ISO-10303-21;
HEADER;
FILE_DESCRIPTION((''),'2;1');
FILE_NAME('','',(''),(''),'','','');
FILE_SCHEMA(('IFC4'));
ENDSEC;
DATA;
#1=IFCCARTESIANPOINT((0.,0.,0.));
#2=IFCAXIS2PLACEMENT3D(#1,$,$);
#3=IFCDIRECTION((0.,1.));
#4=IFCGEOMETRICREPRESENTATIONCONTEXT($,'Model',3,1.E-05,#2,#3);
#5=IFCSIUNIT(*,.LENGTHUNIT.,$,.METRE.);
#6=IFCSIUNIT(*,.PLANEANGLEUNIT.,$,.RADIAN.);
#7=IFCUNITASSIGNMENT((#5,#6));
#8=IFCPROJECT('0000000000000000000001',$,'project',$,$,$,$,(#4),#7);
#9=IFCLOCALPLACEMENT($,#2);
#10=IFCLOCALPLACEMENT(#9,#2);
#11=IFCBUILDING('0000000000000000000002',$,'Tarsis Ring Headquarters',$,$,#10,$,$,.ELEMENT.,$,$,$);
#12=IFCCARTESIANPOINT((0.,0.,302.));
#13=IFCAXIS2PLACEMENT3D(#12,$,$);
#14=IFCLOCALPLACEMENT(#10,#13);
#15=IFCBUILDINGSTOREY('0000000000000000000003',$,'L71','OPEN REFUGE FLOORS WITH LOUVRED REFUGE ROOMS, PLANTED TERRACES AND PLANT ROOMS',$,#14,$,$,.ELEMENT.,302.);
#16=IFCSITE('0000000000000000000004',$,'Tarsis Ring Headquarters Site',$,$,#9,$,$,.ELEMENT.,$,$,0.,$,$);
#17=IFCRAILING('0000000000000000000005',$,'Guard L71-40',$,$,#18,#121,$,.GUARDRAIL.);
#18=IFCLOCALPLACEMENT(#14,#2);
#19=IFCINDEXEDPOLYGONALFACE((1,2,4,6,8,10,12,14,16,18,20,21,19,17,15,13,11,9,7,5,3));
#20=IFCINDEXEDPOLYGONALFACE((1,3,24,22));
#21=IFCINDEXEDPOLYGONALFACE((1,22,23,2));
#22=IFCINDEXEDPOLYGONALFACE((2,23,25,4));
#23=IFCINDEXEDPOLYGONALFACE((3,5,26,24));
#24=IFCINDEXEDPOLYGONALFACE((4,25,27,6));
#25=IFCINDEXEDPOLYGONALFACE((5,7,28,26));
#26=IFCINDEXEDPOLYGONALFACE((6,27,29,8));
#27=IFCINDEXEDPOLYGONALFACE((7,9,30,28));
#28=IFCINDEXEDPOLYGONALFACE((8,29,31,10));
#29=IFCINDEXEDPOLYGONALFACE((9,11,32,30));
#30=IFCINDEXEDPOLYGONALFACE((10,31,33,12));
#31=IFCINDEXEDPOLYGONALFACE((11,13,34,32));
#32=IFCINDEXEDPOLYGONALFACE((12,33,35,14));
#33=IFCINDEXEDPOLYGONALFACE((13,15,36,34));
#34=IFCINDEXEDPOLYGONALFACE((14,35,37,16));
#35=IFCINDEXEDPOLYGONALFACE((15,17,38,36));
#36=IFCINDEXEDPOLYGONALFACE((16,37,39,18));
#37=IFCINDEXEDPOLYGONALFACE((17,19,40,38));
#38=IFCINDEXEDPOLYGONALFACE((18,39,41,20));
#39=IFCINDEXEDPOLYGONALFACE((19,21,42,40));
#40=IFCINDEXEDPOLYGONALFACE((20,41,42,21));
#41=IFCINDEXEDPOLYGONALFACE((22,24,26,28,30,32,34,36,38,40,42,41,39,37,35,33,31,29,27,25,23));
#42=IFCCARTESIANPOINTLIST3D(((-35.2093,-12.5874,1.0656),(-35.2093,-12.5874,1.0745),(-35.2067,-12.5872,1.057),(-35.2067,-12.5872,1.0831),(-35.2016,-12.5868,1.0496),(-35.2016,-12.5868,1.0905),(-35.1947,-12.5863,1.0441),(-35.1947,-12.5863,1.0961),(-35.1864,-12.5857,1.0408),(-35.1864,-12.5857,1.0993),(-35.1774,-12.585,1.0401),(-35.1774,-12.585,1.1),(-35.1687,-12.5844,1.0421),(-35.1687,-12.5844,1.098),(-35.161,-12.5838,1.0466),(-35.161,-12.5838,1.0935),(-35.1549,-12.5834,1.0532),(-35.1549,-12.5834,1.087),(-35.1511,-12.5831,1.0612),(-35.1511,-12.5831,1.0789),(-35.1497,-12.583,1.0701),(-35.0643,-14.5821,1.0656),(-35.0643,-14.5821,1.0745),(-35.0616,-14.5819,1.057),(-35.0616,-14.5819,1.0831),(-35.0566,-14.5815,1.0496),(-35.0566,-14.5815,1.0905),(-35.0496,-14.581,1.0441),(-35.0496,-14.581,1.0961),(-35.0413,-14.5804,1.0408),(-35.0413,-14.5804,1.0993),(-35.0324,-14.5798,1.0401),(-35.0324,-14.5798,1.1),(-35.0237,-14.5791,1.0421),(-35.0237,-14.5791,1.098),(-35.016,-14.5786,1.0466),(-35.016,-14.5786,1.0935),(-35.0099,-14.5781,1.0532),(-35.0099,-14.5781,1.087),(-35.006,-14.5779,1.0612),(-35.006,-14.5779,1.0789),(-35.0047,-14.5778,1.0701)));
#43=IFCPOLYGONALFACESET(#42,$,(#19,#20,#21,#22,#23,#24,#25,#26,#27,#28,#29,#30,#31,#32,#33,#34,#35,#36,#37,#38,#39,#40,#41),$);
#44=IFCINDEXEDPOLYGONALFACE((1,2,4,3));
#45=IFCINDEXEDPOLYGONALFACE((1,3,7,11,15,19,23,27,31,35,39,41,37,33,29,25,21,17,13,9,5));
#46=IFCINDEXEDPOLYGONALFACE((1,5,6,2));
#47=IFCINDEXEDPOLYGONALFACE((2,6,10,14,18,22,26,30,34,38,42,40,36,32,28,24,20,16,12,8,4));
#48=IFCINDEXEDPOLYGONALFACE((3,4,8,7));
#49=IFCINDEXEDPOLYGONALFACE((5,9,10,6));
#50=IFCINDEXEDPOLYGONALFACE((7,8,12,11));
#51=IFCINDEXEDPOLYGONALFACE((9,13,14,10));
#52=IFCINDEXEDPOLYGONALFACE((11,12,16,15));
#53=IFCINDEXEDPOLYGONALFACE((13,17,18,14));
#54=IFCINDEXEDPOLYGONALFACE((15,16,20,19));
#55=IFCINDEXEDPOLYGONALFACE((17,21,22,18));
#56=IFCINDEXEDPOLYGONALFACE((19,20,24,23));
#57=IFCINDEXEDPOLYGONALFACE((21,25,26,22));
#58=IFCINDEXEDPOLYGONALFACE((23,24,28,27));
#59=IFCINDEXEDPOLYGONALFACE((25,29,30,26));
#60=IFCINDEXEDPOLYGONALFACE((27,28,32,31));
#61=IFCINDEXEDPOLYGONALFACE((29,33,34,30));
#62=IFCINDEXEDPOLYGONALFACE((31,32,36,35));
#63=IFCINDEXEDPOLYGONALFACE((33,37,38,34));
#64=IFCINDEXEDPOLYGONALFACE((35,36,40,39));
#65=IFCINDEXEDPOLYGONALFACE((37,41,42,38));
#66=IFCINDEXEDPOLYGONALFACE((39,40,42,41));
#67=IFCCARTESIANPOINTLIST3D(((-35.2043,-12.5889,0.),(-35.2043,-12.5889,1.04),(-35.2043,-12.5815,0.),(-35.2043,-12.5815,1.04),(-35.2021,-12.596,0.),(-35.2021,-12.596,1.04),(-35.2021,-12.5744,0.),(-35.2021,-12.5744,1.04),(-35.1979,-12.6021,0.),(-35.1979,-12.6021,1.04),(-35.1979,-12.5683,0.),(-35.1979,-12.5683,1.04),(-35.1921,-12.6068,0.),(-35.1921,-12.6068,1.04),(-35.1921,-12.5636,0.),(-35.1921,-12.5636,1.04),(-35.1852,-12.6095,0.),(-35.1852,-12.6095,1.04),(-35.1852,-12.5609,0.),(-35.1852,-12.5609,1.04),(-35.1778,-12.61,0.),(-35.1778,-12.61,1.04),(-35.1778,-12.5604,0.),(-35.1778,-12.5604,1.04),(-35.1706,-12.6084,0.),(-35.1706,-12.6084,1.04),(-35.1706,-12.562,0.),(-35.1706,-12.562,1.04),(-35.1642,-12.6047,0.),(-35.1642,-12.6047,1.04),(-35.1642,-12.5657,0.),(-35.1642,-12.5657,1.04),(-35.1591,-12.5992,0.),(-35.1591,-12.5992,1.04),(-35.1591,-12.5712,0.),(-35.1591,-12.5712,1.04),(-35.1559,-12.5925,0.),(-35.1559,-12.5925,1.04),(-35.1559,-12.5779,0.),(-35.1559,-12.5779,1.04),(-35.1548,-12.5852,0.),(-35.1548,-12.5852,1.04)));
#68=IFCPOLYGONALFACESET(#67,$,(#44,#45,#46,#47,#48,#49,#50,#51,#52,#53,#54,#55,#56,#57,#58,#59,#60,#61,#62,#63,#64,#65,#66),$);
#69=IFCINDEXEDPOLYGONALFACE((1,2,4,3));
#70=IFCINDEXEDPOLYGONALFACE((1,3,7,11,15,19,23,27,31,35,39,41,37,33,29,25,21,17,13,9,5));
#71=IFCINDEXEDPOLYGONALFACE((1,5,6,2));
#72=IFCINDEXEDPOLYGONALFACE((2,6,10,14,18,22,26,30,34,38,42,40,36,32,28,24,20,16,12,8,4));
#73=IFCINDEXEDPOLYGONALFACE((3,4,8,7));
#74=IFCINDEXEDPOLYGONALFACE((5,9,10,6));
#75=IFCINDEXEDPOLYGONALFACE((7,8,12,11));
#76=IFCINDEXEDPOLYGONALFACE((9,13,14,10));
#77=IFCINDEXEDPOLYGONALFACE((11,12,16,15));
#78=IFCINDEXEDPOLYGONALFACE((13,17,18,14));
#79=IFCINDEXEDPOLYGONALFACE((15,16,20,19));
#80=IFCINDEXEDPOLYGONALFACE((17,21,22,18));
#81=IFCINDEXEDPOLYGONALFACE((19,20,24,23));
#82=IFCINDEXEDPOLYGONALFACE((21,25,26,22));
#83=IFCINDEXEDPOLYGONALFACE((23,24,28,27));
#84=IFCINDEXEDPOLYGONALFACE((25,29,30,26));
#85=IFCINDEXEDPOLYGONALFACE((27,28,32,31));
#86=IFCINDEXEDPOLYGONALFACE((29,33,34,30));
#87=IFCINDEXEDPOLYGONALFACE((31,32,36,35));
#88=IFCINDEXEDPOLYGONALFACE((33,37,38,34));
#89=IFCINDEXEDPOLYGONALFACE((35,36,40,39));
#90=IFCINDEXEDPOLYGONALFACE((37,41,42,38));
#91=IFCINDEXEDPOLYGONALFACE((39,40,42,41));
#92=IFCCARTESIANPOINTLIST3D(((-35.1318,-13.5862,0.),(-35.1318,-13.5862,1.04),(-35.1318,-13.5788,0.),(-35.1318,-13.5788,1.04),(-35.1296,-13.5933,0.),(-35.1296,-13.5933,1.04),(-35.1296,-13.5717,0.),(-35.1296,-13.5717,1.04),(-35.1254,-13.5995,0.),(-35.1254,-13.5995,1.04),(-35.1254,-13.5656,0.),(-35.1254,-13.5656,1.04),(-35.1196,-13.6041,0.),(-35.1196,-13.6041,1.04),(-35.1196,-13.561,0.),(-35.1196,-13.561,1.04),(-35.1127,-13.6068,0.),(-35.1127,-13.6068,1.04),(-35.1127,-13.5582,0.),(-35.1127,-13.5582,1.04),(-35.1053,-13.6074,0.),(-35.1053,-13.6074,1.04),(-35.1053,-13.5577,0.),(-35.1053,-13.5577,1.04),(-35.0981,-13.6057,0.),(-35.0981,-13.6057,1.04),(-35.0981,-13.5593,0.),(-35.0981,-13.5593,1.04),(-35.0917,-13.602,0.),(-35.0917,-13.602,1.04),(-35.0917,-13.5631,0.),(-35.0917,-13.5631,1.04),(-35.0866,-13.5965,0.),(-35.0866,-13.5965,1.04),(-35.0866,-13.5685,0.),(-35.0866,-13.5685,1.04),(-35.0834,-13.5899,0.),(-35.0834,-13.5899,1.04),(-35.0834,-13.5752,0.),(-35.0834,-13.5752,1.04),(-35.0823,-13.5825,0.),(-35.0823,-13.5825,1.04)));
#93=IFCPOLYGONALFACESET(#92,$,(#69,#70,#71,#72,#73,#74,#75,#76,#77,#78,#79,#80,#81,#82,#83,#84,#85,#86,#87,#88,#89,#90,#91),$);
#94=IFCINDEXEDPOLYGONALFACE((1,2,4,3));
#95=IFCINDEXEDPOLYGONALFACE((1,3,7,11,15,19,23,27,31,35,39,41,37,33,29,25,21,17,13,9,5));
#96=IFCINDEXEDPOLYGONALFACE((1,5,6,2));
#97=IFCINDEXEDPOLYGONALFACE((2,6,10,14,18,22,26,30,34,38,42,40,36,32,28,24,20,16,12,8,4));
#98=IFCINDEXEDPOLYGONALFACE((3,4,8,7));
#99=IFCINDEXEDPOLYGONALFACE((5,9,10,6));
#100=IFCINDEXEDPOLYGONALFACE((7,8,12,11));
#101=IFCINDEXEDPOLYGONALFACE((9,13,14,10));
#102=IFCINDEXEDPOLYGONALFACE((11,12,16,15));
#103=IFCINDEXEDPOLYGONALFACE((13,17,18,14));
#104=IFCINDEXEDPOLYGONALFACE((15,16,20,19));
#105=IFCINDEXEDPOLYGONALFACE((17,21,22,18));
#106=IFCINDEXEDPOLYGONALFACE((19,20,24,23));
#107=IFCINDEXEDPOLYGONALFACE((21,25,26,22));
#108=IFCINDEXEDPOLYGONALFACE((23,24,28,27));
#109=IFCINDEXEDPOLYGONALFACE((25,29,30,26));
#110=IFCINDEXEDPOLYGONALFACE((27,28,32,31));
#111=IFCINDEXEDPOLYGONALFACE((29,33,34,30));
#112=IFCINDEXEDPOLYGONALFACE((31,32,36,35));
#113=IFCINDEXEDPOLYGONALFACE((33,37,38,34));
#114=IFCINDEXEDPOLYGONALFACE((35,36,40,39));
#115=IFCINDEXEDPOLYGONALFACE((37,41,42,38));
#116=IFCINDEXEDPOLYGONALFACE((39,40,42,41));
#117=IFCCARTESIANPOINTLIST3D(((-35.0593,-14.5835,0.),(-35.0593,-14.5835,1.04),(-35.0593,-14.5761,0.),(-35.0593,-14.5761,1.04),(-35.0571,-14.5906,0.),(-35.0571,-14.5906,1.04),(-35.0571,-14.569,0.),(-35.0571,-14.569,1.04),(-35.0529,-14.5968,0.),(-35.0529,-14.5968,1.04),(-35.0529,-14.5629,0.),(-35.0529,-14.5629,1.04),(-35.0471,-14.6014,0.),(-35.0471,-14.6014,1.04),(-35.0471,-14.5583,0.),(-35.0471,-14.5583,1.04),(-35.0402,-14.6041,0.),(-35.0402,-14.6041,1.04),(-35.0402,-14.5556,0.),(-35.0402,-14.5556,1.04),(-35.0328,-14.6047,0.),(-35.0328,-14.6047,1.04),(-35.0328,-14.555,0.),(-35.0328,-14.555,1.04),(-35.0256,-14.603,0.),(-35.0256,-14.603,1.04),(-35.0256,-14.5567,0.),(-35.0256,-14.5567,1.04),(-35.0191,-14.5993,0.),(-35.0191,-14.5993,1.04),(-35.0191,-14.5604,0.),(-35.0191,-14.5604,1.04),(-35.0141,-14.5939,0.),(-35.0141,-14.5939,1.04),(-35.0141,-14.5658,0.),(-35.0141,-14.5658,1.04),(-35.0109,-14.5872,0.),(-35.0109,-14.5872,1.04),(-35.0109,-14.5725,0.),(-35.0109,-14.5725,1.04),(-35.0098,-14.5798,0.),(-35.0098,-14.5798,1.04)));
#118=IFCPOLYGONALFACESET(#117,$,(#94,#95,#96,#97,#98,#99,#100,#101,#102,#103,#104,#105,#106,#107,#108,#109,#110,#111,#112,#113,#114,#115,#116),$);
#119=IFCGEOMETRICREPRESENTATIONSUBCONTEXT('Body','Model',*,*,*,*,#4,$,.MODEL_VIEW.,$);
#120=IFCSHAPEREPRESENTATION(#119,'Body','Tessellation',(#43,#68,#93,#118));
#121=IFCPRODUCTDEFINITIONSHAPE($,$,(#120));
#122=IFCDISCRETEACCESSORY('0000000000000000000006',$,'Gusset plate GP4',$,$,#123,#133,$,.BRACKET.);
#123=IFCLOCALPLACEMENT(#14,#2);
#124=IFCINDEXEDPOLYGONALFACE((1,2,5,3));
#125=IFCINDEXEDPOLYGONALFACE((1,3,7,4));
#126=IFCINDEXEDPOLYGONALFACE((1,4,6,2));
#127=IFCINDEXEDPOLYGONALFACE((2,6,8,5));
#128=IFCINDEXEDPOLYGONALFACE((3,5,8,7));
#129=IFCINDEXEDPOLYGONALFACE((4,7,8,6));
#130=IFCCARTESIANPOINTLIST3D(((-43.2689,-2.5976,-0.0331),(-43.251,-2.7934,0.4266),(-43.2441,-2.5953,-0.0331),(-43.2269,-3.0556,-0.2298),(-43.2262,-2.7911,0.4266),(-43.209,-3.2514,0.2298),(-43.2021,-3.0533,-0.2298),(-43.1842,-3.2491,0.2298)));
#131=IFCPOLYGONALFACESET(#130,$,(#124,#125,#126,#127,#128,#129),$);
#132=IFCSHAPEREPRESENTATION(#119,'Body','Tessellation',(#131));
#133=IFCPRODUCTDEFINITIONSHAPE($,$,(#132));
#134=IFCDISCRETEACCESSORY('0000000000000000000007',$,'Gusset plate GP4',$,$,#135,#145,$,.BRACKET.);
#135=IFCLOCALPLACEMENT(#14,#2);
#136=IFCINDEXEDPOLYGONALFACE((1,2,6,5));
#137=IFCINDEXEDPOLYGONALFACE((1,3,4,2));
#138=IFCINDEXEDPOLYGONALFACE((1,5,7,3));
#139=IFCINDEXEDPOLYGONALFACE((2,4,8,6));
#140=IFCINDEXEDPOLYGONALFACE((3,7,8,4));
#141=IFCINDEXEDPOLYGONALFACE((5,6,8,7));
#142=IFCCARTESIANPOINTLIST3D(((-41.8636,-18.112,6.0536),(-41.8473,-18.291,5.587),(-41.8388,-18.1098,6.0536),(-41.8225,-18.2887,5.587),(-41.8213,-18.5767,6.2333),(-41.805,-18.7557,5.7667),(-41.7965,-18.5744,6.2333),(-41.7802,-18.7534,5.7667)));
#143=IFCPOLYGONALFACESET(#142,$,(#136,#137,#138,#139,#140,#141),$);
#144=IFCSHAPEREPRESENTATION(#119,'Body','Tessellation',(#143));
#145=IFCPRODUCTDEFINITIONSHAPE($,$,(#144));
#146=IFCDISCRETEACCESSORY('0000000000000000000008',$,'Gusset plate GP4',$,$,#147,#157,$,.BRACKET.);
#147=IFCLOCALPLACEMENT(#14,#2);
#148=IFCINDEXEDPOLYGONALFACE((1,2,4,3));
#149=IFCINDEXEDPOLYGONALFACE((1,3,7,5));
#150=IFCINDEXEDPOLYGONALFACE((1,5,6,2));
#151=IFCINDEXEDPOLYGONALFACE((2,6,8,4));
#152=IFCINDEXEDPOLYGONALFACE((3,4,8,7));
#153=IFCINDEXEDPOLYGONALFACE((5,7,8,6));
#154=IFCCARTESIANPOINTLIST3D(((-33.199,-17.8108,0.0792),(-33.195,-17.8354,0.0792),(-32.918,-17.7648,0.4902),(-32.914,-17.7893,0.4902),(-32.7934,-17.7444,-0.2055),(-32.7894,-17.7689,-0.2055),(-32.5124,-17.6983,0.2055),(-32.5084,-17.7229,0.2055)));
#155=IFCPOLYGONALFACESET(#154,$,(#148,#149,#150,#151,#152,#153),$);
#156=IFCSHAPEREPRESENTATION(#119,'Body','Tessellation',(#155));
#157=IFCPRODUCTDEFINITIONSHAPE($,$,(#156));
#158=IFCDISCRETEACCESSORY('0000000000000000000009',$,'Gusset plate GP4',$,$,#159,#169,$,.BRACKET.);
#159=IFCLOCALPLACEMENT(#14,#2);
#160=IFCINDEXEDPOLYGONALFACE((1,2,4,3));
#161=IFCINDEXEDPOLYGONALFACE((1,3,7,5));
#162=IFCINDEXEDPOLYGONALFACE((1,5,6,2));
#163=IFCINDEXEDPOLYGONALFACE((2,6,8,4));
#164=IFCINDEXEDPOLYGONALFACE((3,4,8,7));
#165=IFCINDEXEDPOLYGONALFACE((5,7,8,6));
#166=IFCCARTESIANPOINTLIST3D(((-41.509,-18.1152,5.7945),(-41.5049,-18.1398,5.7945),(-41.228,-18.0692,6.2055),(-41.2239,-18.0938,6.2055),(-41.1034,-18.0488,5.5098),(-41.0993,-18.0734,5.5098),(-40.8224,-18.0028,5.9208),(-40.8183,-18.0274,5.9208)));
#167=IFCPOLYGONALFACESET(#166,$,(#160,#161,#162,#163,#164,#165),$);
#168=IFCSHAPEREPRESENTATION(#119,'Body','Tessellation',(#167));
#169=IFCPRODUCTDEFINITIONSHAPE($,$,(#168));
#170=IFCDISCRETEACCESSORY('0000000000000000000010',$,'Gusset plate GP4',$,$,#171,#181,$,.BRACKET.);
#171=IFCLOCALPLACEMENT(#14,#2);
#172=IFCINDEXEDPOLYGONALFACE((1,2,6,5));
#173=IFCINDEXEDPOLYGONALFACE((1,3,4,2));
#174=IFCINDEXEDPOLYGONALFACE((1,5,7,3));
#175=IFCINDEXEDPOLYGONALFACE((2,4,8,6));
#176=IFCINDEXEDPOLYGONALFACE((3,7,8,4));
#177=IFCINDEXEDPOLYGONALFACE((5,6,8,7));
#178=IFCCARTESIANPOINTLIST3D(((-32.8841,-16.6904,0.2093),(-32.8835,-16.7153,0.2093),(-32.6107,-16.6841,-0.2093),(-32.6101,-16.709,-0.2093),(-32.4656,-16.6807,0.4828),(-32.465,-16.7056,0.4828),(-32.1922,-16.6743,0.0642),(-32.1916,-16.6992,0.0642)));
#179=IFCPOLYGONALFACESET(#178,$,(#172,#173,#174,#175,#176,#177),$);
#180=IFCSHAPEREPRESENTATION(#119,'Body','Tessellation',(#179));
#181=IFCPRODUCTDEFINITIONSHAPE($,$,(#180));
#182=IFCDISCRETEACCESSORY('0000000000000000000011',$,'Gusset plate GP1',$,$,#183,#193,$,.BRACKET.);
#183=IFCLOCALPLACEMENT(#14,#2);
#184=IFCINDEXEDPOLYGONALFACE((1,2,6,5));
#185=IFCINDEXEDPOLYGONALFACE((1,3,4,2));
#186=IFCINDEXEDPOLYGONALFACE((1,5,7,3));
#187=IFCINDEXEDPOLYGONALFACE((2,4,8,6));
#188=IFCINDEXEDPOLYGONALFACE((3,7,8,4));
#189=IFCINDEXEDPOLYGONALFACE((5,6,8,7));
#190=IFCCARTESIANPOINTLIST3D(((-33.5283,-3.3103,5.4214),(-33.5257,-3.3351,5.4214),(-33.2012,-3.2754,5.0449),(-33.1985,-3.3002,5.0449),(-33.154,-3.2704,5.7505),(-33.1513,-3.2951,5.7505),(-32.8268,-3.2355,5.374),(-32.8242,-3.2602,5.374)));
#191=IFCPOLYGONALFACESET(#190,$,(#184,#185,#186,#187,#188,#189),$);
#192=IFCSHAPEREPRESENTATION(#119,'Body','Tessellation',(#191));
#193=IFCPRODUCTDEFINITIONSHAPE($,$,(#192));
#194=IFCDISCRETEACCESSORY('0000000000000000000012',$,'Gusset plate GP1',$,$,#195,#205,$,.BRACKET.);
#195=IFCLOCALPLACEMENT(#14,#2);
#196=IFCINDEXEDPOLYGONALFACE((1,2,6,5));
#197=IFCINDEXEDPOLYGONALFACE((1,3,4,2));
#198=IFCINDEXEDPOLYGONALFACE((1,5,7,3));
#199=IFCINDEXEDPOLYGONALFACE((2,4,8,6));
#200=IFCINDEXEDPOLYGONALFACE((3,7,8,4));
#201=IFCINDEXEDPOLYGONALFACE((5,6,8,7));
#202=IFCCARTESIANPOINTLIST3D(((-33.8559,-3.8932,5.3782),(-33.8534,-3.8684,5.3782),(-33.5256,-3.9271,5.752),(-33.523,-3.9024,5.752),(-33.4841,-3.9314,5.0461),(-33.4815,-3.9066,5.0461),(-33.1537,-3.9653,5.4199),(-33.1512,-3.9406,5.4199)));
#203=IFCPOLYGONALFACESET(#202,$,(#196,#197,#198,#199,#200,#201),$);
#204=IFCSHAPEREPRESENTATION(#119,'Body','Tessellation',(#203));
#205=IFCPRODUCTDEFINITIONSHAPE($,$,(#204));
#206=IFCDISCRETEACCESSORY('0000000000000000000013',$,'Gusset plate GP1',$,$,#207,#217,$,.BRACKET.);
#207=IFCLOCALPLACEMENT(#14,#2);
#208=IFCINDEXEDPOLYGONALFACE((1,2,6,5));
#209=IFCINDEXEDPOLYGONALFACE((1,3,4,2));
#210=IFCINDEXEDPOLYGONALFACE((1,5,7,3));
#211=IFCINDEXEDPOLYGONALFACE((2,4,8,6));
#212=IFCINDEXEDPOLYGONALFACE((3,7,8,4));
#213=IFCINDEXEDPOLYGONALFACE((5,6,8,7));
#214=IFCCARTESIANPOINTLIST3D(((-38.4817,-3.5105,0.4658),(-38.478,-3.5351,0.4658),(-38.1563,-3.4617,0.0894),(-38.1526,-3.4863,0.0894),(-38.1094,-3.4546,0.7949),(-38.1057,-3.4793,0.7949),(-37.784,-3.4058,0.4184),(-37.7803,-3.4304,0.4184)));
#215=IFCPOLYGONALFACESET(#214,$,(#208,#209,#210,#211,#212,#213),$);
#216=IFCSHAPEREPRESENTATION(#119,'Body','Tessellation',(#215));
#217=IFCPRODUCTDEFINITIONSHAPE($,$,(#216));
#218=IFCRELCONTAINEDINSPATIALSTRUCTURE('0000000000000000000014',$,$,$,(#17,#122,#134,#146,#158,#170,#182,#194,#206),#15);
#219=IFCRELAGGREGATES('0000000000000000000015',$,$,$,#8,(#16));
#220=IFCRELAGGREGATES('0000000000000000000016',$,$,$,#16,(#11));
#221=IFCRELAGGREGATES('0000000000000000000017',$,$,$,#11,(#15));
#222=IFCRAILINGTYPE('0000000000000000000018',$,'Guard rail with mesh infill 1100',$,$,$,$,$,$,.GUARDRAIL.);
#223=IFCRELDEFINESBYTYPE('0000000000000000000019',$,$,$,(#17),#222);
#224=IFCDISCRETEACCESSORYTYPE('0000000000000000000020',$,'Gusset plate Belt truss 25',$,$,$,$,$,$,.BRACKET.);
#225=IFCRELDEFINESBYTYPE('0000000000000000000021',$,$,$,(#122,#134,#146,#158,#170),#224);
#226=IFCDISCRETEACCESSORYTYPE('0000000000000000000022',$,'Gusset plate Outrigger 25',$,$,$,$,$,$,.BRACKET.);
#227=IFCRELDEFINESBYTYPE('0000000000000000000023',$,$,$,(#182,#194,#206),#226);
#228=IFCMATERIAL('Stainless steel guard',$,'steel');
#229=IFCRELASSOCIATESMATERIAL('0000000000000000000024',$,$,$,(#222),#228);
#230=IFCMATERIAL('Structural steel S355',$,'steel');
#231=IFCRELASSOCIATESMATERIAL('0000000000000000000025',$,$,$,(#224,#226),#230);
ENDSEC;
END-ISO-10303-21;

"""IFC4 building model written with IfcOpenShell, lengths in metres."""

from ifc_helpers import new_model, si_unit, direction, frame, origin, origin_2d, place, context, subcontext, project, spatial, rectangle, circle, extrude, material, material_profile, profile_set, type_object, element, save


model = new_model("IFC4")

# Units and contexts
model_context = context("Model", 3, precision=1e-05, world=origin(), true_north=direction((0.0, 1.0)))
body_context = subcontext(model_context, "Body", "Model", "MODEL_VIEW")
ifc_project = project(units=[si_unit("LENGTHUNIT", "METRE"), si_unit("PLANEANGLEUNIT", "RADIAN")], contexts=[model_context])

# Site, building, storey
site_placement = place(None, origin())
site = spatial("IfcSite", under=ifc_project, at=site_placement, Name="Tarsis Ring Headquarters Site", CompositionType="ELEMENT", RefElevation=0.0)
building_placement = place(site_placement, origin())
building = spatial("IfcBuilding", under=site, at=building_placement, Name="Tarsis Ring Headquarters", CompositionType="ELEMENT")
storey_placement = place(building_placement, frame((0.0, 0.0, 302.0)))
storey = spatial("IfcBuildingStorey", under=building, at=storey_placement, Name="L71", Description="OPEN REFUGE FLOORS WITH LOUVRED REFUGE ROOMS, PLANTED TERRACES AND PLANT ROOMS", CompositionType="ELEMENT", Elevation=302.0)

# Shared definitions
ifc_material_1 = material(Name="Structural steel S355", Category="steel")

# Railing
ifc_material_2 = material(Name="Stainless steel guard", Category="steel")
railing_type_1 = type_object("IfcRailingType", Name="Guard rail with mesh infill 1100", PredefinedType="GUARDRAIL", material=ifc_material_2)
railing_1_placement = place(storey_placement, frame((-35.1797, -12.5852, 0.0)))
element("IfcRailing", 1, at=railing_1_placement, inside=storey, type_object=railing_type_1, Name="Guard L71-40", PredefinedType="GUARDRAIL", context=body_context, shape_type="SweptSolid", body=[
    extrude(circle(Radius=0.03, at=origin_2d()), frame((0.0, 0.0, 1.0701), z_axis=(0.072514, -0.997367, 0.0), x_axis=(0.997367, 0.072514, 0.0)), (0.0, 0.0, 1.0), 2.0),
    extrude(circle(Radius=0.0249, at=origin_2d()), origin(), (0.0, 0.0, 1.0), 1.04),
    extrude(circle(Radius=0.0249, at=origin_2d()), frame((0.0725, -0.9973, 0.0)), (0.0, 0.0, 1.0), 1.04),
    extrude(circle(Radius=0.0249, at=origin_2d()), frame((0.145, -1.9946, 0.0)), (0.0, 0.0, 1.0), 1.04),
])

# Discrete accessories
ifc_material_profile_1 = material_profile(ifc_material_1, rectangle(XDim=0.0249, YDim=0.5, at=origin_2d()), Name="PL 25x500")
ifc_profile_set_1 = profile_set([ifc_material_profile_1], Name="Structural steel S355")
discrete_accessory_type_1 = type_object("IfcDiscreteAccessoryType", Name="Gusset plate Belt truss 25", PredefinedType="BRACKET", material=ifc_profile_set_1)
discrete_accessory_1_placement = place(storey_placement, frame((-43.2056, -3.1523, 0.0), z_axis=(-0.083941, 0.915547, 0.393353), x_axis=(-0.995823, -0.091301, 0.0)))
element("IfcDiscreteAccessory", 2, at=discrete_accessory_1_placement, inside=storey, type_object=discrete_accessory_type_1, Name="Gusset plate GP4", PredefinedType="BRACKET", context=body_context, shape_type="SweptSolid", body=[
    extrude(rectangle(XDim=0.0249, YDim=0.5, at=origin_2d()), origin(), (0.0, 0.0, 1.0), 0.5002),
])
for number, where, z_axis, x_axis, name in (
    (3, (-41.8008, -18.665, 6.0), (-0.084485, 0.92934, -0.359429), (-0.995893, -0.090536, 0.0), "Gusset plate GP4"),
    (4, (-32.6509, -17.7336, 0.0), (-0.811213, -0.132842, 0.569461), (0.161604, -0.986856, 0.0), "Gusset plate GP4"),
    (5, (-41.3665, -18.1045, 6.0), (0.811213, 0.132842, -0.569461), (-0.161604, 0.986856, 0.0), "Gusset plate GP4"),
    (6, (-32.7471, -16.6997, 0.0), (0.836965, 0.019532, 0.546908), (-0.023331, 0.999728, 0.0), "Gusset plate GP4"),
):
    element("IfcDiscreteAccessory", number, at=place(storey_placement, frame(where, z_axis=z_axis, x_axis=x_axis)), inside=storey, type_object=discrete_accessory_type_1, Name=name, PredefinedType="BRACKET", context=body_context, shape_type="SweptSolid", body=[
        extrude(rectangle(XDim=0.0249, YDim=0.5, at=origin_2d()), origin(), (0.0, 0.0, 1.0), 0.5),
    ])
discrete_accessory_type_2 = type_object("IfcDiscreteAccessoryType", Name="Gusset plate Outrigger 25", PredefinedType="BRACKET", material=ifc_profile_set_1)
for number, where, z_axis, x_axis, name in (
    (7, (-33.3398, -3.3027, 5.5859), (0.654335, 0.069828, -0.752974), (-0.106114, 0.994354, 0.0), "Gusset plate GP1"),
    (8, (-33.3384, -3.9338, 5.5859), (-0.660677, 0.067874, -0.747595), (-0.102197, -0.994764, 0.0), "Gusset plate GP1"),
    (9, (-37.9683, -3.446, 0.2539), (-0.650852, -0.097652, 0.752898), (0.148377, -0.988931, 0.0), "Gusset plate GP1"),
):
    element("IfcDiscreteAccessory", number, at=place(storey_placement, frame(where, z_axis=z_axis, x_axis=x_axis)), inside=storey, type_object=discrete_accessory_type_2, Name=name, PredefinedType="BRACKET", context=body_context, shape_type="SweptSolid", body=[
        extrude(rectangle(XDim=0.0249, YDim=0.5, at=origin_2d()), origin(), (0.0, 0.0, 1.0), 0.5),
    ])

save(model, "model.ifc")
